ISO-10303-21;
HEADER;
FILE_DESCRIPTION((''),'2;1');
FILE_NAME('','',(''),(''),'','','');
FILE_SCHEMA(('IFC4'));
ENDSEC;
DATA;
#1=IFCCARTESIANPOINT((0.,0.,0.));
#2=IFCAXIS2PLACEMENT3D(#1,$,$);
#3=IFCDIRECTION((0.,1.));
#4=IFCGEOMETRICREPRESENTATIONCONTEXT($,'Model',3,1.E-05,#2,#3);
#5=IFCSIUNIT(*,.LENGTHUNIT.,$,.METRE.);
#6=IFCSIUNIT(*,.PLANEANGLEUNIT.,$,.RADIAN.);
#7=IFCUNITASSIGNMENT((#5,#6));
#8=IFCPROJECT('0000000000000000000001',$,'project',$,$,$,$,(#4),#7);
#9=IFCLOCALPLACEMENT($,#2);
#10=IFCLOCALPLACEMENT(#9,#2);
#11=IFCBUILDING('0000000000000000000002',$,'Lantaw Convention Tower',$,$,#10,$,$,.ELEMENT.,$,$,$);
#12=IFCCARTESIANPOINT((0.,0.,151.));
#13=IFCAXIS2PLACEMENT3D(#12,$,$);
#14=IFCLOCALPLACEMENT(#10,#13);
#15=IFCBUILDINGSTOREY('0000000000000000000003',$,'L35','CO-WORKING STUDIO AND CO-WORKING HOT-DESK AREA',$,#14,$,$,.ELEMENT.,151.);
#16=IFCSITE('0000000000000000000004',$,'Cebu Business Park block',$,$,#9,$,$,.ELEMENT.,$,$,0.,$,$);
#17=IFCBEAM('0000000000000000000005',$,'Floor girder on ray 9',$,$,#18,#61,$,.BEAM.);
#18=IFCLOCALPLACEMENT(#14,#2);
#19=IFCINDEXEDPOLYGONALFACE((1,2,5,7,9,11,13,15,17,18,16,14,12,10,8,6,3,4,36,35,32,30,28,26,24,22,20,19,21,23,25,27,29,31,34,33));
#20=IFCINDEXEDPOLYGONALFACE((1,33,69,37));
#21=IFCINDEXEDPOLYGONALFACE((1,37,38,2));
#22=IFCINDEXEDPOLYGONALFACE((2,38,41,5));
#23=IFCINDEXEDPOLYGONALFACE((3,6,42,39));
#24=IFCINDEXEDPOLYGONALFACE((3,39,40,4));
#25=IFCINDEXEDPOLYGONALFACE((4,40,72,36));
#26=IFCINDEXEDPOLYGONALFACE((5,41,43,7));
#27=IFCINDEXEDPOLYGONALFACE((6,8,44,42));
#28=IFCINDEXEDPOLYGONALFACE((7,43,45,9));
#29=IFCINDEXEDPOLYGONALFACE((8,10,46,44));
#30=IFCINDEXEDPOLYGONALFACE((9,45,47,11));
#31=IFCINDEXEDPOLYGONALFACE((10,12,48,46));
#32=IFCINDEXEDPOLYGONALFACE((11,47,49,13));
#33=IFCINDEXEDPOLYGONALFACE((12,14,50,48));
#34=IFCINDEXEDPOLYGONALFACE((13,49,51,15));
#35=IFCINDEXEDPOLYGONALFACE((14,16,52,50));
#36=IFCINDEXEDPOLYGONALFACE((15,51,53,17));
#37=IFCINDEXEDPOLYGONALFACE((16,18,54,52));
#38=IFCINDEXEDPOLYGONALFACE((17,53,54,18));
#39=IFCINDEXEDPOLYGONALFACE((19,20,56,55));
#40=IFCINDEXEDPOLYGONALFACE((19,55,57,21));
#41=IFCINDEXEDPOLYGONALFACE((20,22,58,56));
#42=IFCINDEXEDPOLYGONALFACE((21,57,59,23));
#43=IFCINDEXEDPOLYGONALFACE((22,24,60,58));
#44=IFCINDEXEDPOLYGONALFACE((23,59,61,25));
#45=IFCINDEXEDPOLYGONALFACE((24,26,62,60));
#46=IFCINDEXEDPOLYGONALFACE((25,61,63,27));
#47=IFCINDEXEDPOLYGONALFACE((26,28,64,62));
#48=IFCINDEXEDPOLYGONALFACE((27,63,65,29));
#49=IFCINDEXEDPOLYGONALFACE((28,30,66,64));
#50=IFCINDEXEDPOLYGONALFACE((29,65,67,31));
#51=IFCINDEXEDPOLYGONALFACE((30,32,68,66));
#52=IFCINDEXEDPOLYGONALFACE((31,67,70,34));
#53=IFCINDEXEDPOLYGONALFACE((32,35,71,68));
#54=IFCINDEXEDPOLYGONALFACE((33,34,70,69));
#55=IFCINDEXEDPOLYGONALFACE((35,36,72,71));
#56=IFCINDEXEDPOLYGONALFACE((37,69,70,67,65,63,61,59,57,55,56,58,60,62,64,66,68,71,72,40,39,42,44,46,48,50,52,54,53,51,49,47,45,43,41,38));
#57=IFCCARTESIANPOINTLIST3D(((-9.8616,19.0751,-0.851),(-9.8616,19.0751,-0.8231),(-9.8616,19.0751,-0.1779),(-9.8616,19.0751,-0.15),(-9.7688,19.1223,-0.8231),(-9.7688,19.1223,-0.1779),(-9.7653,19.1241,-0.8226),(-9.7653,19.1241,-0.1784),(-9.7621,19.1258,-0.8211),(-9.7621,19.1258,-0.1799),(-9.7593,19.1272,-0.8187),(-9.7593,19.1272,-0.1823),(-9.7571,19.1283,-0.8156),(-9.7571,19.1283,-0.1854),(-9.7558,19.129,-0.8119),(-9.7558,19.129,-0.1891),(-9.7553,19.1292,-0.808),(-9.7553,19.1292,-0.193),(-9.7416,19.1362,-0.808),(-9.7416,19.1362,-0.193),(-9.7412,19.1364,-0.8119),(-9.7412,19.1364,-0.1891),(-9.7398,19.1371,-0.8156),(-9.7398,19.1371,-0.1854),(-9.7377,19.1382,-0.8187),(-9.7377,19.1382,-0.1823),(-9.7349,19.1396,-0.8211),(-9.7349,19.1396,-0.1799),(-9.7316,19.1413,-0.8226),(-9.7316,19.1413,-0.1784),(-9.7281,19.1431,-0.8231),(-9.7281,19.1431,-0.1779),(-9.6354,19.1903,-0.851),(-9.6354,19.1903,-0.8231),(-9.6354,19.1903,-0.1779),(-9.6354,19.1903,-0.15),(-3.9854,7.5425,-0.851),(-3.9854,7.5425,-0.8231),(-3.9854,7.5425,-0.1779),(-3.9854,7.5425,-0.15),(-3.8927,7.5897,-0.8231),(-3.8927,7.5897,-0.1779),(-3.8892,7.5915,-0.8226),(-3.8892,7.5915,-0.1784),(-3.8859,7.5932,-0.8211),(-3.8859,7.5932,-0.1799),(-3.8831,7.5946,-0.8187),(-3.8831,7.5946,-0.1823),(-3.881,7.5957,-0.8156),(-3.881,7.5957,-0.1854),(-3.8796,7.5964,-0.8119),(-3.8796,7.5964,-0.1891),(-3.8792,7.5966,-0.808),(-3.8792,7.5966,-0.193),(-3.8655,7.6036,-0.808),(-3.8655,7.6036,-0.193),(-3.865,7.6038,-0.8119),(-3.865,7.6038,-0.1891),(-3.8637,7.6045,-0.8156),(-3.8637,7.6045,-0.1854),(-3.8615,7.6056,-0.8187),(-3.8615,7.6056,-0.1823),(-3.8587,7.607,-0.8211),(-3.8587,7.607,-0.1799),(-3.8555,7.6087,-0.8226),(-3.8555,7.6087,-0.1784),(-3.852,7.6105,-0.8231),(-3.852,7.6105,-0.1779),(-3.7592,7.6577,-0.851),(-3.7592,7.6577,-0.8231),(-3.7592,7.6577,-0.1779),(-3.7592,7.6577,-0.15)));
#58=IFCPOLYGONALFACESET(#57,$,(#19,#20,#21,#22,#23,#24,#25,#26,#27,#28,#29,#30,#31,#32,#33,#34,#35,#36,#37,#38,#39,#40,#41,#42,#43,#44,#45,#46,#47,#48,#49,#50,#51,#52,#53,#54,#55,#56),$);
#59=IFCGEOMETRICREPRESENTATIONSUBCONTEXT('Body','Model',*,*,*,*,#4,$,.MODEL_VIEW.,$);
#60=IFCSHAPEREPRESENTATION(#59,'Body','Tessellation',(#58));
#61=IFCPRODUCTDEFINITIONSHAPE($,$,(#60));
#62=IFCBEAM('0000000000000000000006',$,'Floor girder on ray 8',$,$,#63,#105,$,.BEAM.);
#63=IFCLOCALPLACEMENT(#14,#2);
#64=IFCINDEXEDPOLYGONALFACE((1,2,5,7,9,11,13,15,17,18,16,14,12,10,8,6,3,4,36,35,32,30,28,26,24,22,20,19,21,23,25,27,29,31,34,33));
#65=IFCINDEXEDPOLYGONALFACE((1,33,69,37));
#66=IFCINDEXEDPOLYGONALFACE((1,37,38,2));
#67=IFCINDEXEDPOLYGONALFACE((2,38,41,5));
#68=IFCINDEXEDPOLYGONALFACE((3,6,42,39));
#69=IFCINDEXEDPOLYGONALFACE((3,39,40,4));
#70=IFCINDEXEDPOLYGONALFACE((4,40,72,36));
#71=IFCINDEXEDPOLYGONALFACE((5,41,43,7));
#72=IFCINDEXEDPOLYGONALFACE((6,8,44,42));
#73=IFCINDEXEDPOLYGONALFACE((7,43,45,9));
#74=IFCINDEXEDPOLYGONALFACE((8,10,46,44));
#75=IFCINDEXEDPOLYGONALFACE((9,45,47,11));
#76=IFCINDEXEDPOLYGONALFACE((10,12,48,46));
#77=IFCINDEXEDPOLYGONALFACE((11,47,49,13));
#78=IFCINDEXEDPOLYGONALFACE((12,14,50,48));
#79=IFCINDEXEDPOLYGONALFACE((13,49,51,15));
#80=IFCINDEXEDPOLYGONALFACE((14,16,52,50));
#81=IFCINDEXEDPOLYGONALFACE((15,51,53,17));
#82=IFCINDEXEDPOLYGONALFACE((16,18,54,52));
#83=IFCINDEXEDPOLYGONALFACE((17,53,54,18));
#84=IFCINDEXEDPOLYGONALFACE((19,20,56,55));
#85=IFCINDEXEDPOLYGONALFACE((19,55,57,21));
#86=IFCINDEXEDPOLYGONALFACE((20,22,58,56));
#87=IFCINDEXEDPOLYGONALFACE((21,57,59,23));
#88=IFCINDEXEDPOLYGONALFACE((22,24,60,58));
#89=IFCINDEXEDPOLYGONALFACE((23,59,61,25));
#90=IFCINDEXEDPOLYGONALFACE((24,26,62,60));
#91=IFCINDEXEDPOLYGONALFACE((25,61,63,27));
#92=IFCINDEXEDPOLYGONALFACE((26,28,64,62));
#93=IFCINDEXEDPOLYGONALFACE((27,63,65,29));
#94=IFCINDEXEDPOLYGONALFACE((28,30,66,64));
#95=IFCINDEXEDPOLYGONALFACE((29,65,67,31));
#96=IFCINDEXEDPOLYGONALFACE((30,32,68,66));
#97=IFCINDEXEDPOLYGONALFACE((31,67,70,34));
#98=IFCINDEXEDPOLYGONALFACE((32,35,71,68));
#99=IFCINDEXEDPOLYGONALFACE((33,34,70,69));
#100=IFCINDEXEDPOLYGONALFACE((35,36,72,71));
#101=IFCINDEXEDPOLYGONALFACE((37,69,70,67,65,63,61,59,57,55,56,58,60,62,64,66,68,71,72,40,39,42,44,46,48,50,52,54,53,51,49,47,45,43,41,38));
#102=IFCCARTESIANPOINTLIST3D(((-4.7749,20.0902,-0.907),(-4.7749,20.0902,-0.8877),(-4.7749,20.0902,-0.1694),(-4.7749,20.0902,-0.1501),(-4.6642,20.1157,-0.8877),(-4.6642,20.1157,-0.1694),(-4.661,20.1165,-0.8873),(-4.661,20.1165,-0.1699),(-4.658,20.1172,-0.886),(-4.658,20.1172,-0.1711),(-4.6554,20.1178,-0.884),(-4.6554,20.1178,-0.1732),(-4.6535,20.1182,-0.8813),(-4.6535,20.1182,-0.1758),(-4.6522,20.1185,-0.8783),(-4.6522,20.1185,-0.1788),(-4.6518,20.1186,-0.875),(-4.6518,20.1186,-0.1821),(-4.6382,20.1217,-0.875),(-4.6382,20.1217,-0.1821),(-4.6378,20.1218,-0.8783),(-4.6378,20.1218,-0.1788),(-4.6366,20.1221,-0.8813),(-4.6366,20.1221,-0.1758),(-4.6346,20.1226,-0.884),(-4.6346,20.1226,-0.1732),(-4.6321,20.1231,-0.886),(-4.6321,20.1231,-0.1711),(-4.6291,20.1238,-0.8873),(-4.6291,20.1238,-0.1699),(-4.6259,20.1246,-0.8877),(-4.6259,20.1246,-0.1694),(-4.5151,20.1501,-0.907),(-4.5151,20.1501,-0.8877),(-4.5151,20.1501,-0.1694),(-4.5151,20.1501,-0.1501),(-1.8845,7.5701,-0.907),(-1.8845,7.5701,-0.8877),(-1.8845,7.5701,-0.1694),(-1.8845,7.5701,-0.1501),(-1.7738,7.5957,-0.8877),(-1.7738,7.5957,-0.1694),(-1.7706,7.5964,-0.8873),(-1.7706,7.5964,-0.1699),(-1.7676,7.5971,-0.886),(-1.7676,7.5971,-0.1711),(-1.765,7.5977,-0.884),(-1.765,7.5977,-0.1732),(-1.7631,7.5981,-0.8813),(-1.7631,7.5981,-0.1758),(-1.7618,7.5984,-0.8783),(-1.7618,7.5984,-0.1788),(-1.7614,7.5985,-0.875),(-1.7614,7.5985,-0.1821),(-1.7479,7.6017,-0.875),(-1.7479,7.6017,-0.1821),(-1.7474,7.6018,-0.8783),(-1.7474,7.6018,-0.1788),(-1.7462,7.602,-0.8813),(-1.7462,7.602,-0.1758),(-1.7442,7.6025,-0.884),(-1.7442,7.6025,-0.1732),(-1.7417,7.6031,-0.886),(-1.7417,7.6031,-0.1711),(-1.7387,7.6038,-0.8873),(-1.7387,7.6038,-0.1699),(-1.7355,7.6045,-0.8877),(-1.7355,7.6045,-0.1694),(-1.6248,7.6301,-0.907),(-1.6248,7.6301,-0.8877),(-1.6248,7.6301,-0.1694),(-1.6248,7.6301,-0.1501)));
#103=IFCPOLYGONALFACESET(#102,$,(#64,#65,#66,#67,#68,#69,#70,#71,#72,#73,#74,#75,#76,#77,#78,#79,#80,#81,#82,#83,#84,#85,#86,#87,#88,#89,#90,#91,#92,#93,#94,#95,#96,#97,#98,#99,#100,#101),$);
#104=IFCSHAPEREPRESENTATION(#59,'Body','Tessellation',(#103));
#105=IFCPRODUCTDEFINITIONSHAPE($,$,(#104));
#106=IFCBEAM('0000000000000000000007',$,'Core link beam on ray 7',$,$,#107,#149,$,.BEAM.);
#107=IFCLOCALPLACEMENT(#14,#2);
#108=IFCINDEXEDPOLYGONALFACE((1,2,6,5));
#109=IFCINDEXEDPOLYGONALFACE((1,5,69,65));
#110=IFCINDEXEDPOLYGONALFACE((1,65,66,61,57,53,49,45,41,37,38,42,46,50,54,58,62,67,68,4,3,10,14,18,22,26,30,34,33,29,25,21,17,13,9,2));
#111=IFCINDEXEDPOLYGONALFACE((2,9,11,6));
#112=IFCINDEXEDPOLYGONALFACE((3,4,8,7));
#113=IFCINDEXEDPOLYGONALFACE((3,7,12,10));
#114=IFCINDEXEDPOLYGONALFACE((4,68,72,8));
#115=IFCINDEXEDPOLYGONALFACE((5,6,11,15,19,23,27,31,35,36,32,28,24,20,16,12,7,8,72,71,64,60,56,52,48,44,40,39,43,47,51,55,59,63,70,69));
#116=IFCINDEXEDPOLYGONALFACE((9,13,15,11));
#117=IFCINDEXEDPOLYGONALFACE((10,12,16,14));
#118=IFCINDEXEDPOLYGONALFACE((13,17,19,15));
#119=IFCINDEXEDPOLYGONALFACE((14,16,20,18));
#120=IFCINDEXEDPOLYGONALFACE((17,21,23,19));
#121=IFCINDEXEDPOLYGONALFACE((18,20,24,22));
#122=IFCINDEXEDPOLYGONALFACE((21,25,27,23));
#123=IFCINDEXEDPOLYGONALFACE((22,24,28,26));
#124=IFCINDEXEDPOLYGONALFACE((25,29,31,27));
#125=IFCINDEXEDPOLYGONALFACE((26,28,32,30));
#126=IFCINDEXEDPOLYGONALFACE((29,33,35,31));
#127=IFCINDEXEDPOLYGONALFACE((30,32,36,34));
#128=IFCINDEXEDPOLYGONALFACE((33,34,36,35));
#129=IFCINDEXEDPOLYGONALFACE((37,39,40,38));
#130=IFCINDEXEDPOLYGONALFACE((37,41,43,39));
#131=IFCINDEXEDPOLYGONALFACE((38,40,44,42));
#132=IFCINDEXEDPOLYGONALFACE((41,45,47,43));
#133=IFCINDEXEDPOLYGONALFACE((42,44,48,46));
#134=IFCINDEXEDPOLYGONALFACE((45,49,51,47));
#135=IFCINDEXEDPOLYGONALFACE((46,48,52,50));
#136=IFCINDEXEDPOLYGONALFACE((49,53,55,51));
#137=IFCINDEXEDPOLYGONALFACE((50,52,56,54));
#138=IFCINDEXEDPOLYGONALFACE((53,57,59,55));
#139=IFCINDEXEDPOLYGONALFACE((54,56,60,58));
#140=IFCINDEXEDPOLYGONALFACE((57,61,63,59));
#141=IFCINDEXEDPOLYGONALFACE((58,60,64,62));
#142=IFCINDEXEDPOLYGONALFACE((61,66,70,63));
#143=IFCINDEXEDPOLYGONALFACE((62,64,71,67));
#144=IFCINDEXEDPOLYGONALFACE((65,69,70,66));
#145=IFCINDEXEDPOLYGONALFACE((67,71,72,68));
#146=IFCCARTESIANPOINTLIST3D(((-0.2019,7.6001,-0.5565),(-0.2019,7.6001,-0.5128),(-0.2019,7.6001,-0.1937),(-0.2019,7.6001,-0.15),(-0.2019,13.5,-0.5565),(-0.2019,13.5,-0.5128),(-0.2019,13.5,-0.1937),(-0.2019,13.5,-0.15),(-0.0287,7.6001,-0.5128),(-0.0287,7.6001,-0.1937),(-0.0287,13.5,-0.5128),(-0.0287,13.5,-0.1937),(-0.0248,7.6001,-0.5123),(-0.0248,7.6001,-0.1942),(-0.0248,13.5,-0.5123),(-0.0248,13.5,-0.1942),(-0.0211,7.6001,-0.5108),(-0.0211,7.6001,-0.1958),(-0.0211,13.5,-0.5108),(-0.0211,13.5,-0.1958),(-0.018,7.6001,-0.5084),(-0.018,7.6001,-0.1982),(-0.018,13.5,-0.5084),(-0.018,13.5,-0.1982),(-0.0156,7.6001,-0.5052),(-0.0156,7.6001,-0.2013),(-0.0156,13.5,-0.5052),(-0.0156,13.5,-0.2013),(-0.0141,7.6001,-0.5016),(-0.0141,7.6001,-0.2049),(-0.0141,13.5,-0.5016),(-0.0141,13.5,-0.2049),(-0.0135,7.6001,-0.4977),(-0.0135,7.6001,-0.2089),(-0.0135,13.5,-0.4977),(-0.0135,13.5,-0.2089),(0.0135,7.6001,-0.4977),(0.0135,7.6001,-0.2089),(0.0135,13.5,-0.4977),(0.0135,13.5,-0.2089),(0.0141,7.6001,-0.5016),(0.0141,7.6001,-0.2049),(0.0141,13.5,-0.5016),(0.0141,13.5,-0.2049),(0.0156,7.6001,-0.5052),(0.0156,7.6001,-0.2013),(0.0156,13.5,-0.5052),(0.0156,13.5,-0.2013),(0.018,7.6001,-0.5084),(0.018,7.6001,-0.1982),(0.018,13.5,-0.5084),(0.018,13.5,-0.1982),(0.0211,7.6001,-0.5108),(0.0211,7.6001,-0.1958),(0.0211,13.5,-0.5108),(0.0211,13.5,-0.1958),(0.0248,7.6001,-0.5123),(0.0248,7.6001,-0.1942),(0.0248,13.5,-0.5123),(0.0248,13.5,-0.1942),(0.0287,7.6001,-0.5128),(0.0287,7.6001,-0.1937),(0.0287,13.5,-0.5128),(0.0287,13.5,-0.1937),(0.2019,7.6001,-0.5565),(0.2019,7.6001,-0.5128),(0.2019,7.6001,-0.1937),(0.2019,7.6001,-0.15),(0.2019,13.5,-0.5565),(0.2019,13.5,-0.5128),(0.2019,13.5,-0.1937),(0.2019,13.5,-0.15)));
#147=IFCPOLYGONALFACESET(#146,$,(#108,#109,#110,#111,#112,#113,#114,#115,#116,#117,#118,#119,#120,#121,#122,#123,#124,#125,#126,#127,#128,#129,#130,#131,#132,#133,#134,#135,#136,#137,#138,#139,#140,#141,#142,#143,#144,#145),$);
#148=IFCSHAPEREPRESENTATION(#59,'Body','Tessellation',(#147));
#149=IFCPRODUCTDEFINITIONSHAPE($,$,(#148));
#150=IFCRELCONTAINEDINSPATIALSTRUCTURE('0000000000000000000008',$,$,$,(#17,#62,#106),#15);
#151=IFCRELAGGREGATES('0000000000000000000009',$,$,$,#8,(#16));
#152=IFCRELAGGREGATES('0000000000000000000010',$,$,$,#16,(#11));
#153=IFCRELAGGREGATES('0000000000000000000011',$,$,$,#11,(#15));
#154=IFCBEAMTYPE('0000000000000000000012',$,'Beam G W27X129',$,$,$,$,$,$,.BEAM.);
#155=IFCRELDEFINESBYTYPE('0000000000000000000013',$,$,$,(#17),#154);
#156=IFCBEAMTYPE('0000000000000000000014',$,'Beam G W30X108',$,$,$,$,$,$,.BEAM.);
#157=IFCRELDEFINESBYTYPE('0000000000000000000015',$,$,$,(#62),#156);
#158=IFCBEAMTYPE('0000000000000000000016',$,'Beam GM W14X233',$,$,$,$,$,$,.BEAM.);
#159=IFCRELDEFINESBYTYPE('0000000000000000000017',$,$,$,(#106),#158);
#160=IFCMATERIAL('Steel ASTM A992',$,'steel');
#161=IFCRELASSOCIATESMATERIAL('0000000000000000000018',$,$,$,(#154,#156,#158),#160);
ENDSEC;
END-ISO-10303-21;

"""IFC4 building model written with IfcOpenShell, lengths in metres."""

from ifc_helpers import new_model, si_unit, direction, frame, origin, origin_2d, place, context, subcontext, project, spatial, i_section, extrude, material, material_profile, profile_set, type_object, element, save


model = new_model("IFC4")

# Units and contexts
model_context = context("Model", 3, precision=1e-05, world=origin(), true_north=direction((0.0, 1.0)))
body_context = subcontext(model_context, "Body", "Model", "MODEL_VIEW")
ifc_project = project(units=[si_unit("LENGTHUNIT", "METRE"), si_unit("PLANEANGLEUNIT", "RADIAN")], contexts=[model_context])

# Site, building, storey
site_placement = place(None, origin())
site = spatial("IfcSite", under=ifc_project, at=site_placement, Name="Cebu Business Park block", CompositionType="ELEMENT", RefElevation=0.0)
building_placement = place(site_placement, origin())
building = spatial("IfcBuilding", under=site, at=building_placement, Name="Lantaw Convention Tower", CompositionType="ELEMENT")
storey_placement = place(building_placement, frame((0.0, 0.0, 151.0)))
storey = spatial("IfcBuildingStorey", under=building, at=storey_placement, Name="L35", Description="CO-WORKING STUDIO AND CO-WORKING HOT-DESK AREA", CompositionType="ELEMENT", Elevation=151.0)

# Beams
ifc_material_1 = material(Name="Steel ASTM A992", Category="steel")
ifc_material_profile_1 = material_profile(ifc_material_1, i_section(OverallWidth=0.2539, OverallDepth=0.7009, WebThickness=0.0154, FlangeThickness=0.0278, FilletRadius=0.0151, at=origin_2d()), Name="W27X129")
ifc_profile_set_1 = profile_set([ifc_material_profile_1], Name="Steel ASTM A992")
beam_type_1 = type_object("IfcBeamType", Name="Beam G W27X129", PredefinedType="BEAM", material=ifc_profile_set_1)
beam_1_placement = place(storey_placement, frame((-3.8723, 7.6001, -0.5005), z_axis=(-0.453991, 0.891006, 0.0), x_axis=(-0.891006, -0.453991, 0.0)))
element("IfcBeam", 1, at=beam_1_placement, inside=storey, type_object=beam_type_1, Name="Floor girder on ray 9", PredefinedType="BEAM", context=body_context, shape_type="SweptSolid", body=[
    extrude(i_section(OverallWidth=0.2539, OverallDepth=0.7009, WebThickness=0.0154, FlangeThickness=0.0278, FilletRadius=0.0151, at=origin_2d()), origin(), (0.0, 0.0, 1.0), 12.9434),
])
ifc_material_profile_2 = material_profile(ifc_material_1, i_section(OverallWidth=0.2666, OverallDepth=0.7568, WebThickness=0.0139, FlangeThickness=0.0193, FilletRadius=0.0127, at=origin_2d()), Name="W30X108")
ifc_profile_set_2 = profile_set([ifc_material_profile_2], Name="Steel ASTM A992")
beam_type_2 = type_object("IfcBeamType", Name="Beam G W30X108", PredefinedType="BEAM", material=ifc_profile_set_2)
beam_2_placement = place(storey_placement, frame((-1.7546, 7.6001, -0.5286), z_axis=(-0.224944, 0.974372, 0.0), x_axis=(-0.974372, -0.224944, 0.0)))
element("IfcBeam", 2, at=beam_2_placement, inside=storey, type_object=beam_type_2, Name="Floor girder on ray 8", PredefinedType="BEAM", context=body_context, shape_type="SweptSolid", body=[
    extrude(i_section(OverallWidth=0.2666, OverallDepth=0.7568, WebThickness=0.0139, FlangeThickness=0.0193, FilletRadius=0.0127, at=origin_2d()), origin(), (0.0, 0.0, 1.0), 12.8494),
])
ifc_material_profile_3 = material_profile(ifc_material_1, i_section(OverallWidth=0.4038, OverallDepth=0.4065, WebThickness=0.0271, FlangeThickness=0.0437, FilletRadius=0.0151, at=origin_2d()), Name="W14X233")
ifc_profile_set_3 = profile_set([ifc_material_profile_3], Name="Steel ASTM A992")
beam_type_3 = type_object("IfcBeamType", Name="Beam GM W14X233", PredefinedType="BEAM", material=ifc_profile_set_3)
beam_3_placement = place(storey_placement, frame((0.0, 7.6001, -0.3533), z_axis=(0.0, 1.0, 0.0), x_axis=(-1.0, 0.0, 0.0)))
element("IfcBeam", 3, at=beam_3_placement, inside=storey, type_object=beam_type_3, Name="Core link beam on ray 7", PredefinedType="BEAM", context=body_context, shape_type="SweptSolid", body=[
    extrude(i_section(OverallWidth=0.4038, OverallDepth=0.4065, WebThickness=0.0271, FlangeThickness=0.0437, FilletRadius=0.0151, at=origin_2d()), origin(), (0.0, 0.0, 1.0), 5.8999),
])

save(model, "model.ifc")
